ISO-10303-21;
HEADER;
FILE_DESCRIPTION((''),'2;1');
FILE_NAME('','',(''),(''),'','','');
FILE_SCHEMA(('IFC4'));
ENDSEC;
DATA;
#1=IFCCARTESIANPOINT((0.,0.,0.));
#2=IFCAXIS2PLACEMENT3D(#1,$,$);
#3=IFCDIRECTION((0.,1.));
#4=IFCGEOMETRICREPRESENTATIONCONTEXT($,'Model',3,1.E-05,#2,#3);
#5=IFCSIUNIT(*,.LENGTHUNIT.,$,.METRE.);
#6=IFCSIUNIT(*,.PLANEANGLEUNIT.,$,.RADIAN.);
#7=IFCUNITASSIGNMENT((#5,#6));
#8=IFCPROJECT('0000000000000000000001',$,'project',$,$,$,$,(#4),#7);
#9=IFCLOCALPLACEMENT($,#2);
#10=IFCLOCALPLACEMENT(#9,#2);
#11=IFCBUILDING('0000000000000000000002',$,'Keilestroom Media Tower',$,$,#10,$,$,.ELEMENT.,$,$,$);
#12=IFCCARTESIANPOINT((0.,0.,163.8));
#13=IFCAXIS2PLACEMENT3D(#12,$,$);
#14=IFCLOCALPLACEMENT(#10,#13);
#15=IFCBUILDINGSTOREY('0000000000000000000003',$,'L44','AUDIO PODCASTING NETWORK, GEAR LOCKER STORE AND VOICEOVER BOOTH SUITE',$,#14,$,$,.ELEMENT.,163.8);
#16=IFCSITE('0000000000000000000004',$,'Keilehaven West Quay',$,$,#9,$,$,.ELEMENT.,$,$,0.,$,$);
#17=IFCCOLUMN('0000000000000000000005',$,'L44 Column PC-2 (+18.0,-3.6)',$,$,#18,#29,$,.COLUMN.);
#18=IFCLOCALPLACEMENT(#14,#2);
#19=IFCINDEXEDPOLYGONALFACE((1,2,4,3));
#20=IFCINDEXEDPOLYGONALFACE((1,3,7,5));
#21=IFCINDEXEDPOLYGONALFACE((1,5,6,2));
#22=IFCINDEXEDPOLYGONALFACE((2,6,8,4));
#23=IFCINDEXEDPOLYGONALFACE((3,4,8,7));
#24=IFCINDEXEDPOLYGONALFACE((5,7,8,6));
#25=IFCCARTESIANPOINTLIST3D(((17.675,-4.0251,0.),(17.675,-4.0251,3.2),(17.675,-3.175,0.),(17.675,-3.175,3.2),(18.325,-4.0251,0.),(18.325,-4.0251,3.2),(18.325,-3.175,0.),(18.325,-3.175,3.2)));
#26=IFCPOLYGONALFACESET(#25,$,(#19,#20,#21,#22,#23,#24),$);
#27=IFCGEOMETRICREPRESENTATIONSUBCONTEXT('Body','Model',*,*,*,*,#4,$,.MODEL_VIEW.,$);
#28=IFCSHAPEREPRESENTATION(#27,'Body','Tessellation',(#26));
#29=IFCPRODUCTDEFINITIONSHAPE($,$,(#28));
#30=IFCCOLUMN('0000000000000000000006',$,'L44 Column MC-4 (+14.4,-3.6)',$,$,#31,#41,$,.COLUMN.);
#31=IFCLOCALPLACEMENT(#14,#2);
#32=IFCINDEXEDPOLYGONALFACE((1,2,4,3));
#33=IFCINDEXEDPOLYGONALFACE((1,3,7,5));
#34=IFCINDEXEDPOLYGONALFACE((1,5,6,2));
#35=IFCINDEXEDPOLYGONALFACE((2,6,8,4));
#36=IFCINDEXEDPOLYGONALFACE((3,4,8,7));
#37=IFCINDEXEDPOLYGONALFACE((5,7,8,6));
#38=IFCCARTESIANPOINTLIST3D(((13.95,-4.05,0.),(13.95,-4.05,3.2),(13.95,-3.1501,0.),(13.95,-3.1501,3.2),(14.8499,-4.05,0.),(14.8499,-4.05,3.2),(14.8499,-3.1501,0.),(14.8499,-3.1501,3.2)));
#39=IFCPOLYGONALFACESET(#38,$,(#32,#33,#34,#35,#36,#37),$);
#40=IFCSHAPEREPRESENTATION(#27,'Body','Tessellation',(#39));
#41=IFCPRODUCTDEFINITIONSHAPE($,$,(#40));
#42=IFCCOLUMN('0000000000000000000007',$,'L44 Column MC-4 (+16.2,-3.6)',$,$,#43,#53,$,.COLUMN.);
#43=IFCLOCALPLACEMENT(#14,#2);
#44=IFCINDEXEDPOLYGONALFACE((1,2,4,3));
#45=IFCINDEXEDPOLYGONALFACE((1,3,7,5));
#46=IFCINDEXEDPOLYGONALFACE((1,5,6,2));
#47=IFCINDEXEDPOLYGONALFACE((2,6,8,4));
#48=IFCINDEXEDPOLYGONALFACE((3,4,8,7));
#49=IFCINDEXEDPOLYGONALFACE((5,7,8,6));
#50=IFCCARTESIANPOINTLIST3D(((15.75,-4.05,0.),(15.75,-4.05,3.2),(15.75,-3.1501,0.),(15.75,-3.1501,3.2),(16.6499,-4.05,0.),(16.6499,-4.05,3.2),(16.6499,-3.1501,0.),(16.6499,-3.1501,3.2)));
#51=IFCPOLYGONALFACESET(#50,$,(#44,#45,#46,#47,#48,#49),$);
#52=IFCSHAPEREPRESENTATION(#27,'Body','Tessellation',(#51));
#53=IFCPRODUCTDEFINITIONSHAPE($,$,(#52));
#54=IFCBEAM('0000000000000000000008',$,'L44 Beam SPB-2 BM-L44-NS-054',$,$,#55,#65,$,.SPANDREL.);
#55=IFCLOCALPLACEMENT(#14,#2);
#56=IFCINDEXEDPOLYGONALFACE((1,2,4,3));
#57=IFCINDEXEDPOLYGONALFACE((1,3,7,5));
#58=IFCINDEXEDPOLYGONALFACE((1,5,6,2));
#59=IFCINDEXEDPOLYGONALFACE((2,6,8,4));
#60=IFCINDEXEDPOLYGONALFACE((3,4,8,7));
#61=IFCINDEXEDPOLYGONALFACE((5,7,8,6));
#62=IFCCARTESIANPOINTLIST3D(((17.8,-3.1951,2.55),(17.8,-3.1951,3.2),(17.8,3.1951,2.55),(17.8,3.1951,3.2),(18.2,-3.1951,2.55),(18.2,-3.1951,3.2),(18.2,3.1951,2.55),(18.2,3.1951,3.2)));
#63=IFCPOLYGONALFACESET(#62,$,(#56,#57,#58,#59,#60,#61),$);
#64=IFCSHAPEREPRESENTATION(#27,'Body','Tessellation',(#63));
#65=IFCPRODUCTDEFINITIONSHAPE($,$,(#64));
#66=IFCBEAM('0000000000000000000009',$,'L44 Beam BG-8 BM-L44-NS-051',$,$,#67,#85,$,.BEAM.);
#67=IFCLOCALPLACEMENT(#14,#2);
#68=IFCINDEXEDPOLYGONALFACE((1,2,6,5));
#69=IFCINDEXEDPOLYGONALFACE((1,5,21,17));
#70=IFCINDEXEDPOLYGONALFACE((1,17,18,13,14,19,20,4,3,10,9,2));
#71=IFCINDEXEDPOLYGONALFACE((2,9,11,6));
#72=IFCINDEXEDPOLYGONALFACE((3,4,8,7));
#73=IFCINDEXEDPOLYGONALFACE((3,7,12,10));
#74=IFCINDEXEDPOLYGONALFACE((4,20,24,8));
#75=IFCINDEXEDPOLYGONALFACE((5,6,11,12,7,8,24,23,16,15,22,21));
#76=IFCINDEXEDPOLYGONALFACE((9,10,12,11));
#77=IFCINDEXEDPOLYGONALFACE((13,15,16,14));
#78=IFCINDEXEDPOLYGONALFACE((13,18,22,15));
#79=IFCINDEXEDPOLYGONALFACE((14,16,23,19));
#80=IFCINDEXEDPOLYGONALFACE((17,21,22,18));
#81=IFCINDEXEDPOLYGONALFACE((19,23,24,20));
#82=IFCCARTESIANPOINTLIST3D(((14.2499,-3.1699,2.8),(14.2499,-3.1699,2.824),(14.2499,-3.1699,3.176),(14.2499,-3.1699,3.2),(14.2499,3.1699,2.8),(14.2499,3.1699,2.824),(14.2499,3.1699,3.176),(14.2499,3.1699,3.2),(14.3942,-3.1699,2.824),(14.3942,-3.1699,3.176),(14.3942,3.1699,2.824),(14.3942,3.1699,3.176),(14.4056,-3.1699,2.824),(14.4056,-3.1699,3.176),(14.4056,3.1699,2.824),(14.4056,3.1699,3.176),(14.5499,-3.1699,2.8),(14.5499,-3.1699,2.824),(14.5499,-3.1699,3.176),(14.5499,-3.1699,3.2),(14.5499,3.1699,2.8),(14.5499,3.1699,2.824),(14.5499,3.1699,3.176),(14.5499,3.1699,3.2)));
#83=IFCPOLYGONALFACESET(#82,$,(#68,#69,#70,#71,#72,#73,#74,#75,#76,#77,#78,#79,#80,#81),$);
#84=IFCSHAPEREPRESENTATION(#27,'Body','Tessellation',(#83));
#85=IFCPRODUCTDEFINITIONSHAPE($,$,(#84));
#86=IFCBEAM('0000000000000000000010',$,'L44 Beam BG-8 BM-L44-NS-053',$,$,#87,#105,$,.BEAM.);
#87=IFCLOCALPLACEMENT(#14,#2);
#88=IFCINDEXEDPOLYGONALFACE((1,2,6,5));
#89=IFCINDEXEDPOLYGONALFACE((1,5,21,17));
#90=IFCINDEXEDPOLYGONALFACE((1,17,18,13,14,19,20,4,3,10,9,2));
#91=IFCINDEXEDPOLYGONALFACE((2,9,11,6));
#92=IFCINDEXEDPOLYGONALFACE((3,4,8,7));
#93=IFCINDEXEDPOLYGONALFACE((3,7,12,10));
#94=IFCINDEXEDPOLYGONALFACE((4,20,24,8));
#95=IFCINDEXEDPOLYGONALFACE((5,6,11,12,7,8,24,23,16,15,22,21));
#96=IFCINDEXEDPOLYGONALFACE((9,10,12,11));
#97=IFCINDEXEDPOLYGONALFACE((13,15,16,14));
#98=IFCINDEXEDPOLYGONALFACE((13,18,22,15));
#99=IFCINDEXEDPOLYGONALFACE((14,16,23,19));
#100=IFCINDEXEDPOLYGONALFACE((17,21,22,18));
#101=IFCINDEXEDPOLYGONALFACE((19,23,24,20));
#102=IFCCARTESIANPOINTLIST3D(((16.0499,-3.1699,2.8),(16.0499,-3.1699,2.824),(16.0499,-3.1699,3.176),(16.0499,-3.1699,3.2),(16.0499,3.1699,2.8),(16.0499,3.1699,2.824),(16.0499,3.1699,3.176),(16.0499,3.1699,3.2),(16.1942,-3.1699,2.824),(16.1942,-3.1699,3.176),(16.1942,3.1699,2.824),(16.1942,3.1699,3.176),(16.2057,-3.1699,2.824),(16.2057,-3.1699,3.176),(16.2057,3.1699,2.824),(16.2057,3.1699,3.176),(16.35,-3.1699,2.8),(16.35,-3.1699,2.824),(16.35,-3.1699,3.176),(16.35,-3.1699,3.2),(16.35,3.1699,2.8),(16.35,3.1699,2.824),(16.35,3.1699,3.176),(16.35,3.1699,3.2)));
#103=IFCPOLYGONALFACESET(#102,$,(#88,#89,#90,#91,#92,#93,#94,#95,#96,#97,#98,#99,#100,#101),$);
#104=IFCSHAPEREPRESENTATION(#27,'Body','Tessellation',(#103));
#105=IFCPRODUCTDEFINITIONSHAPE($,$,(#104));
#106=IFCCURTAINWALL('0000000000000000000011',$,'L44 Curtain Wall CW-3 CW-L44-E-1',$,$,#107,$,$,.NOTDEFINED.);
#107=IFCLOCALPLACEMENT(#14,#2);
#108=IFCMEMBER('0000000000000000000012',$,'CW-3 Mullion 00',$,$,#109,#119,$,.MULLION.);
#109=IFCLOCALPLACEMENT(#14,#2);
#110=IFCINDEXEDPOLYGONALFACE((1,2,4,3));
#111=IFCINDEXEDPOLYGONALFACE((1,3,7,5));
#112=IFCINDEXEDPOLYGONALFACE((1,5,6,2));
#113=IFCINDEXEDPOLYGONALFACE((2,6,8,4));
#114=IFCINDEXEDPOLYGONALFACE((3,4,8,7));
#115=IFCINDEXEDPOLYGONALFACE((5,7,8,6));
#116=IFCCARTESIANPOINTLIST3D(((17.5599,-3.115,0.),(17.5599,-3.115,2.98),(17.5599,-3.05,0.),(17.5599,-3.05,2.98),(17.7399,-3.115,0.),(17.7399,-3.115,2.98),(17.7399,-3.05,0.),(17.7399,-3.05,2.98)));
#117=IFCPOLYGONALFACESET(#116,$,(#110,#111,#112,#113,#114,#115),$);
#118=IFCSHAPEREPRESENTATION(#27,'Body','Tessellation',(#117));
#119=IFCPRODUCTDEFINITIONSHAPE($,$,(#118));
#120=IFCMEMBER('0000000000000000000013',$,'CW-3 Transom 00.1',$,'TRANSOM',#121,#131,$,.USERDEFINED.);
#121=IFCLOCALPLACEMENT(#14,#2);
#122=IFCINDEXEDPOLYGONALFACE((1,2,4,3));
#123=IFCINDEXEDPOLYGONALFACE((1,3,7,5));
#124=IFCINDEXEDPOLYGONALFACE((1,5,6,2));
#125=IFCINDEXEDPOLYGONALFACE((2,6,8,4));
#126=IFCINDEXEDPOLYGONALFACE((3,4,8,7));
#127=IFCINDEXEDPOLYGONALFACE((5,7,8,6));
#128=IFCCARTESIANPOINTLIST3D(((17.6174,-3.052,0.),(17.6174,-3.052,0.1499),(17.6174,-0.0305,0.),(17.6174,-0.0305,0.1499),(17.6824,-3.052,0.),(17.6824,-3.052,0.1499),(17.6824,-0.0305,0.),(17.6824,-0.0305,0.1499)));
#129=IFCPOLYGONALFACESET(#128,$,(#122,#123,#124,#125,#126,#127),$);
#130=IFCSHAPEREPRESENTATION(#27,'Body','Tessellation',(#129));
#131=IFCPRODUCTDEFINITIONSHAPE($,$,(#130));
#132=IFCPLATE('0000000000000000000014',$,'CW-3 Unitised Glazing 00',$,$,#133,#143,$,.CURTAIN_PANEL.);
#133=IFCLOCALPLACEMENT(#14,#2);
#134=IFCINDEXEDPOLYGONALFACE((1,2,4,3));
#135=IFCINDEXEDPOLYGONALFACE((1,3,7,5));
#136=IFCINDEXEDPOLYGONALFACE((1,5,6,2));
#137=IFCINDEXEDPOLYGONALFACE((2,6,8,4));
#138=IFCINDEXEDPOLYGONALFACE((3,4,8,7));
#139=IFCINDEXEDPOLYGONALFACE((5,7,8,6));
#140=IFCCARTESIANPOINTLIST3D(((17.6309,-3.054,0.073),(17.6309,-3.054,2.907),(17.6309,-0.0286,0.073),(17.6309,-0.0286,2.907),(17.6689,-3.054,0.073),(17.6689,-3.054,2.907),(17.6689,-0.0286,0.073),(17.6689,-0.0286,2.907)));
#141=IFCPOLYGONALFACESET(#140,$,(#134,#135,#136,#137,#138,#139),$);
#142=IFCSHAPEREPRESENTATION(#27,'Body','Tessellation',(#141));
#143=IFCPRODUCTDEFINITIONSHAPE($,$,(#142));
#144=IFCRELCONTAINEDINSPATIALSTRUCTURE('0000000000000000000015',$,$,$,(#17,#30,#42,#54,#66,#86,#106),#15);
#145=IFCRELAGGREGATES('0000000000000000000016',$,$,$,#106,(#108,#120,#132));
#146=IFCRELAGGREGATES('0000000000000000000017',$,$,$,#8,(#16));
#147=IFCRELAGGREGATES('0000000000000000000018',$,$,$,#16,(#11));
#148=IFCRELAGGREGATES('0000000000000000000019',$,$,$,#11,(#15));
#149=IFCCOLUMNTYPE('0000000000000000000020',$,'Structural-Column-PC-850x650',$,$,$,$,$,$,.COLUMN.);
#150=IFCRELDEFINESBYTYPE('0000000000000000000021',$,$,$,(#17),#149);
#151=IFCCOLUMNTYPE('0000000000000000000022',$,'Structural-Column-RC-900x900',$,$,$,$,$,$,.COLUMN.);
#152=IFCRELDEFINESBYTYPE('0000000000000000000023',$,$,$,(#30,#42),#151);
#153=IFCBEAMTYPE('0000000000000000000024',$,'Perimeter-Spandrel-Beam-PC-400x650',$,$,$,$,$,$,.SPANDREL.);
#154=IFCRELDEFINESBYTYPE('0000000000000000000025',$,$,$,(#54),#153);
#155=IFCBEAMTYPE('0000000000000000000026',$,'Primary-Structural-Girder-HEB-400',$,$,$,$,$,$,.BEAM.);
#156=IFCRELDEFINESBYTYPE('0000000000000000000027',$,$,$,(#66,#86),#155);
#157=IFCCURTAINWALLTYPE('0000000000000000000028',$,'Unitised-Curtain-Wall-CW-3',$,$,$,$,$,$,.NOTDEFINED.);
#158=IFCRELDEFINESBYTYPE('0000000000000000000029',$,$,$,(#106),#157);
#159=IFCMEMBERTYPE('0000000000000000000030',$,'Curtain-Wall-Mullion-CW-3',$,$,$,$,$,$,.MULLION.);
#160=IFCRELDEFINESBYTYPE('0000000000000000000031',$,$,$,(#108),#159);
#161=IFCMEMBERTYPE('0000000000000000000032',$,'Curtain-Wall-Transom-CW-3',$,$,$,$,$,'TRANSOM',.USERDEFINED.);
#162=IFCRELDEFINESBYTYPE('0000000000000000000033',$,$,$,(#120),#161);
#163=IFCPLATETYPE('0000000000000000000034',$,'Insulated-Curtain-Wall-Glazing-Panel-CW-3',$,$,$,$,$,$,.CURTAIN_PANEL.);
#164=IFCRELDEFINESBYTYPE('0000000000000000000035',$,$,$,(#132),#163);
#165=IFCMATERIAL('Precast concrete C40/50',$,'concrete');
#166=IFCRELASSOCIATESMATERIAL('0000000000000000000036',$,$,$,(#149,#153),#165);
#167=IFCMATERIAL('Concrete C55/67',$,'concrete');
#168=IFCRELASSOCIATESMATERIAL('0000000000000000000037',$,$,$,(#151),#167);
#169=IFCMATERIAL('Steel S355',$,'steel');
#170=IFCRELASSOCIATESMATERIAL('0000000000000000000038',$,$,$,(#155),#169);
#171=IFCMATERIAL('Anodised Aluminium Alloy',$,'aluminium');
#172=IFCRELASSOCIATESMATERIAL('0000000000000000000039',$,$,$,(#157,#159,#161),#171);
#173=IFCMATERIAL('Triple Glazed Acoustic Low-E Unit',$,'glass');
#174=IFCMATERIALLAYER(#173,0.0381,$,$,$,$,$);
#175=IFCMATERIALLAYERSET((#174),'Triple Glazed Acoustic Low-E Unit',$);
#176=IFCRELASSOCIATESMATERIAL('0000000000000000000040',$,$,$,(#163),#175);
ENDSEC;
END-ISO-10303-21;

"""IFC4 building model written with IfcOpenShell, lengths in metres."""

from ifc_helpers import new_model, si_unit, direction, frame, origin, origin_2d, place, context, subcontext, project, spatial, rectangle, i_section, extrude, source, transform, mapped, material, layer, layer_set, material_profile, profile_set, type_object, element, aggregate, save


model = new_model("IFC4")

# Units and contexts
model_context = context("Model", 3, precision=1e-05, world=origin(), true_north=direction((0.0, 1.0)))
body_context = subcontext(model_context, "Body", "Model", "MODEL_VIEW")
ifc_project = project(units=[si_unit("LENGTHUNIT", "METRE"), si_unit("PLANEANGLEUNIT", "RADIAN")], contexts=[model_context])

# Site, building, storey
site_placement = place(None, origin())
site = spatial("IfcSite", under=ifc_project, at=site_placement, Name="Keilehaven West Quay", CompositionType="ELEMENT", RefElevation=0.0)
building_placement = place(site_placement, origin())
building = spatial("IfcBuilding", under=site, at=building_placement, Name="Keilestroom Media Tower", CompositionType="ELEMENT")
storey_placement = place(building_placement, frame((0.0, 0.0, 163.8)))
storey = spatial("IfcBuildingStorey", under=building, at=storey_placement, Name="L44", Description="AUDIO PODCASTING NETWORK, GEAR LOCKER STORE AND VOICEOVER BOOTH SUITE", CompositionType="ELEMENT", Elevation=163.8)

# Columns
ifc_material_1 = material(Name="Precast concrete C40/50", Category="concrete")
ifc_material_profile_1 = material_profile(ifc_material_1, rectangle(XDim=0.6499, YDim=0.8501, at=origin_2d()), Name="PC 850x650")
ifc_profile_set_1 = profile_set([ifc_material_profile_1], Name="Precast concrete C40/50")
column_type_1 = type_object("IfcColumnType", Name="Structural-Column-PC-850x650", PredefinedType="COLUMN", material=ifc_profile_set_1)
shared_shape_1 = source(origin(), body_context, "Body", "SweptSolid", [
    extrude(rectangle(XDim=0.6499, YDim=0.8501, at=origin_2d()), origin(), (0.0, 0.0, 1.0), 3.2),
])
column_placement = place(storey_placement, frame((18.0, -3.6001, 0.0), z_axis=(0.0, 0.0, 1.0), x_axis=(1.0, 0.0, 0.0)))
element("IfcColumn", 1, at=column_placement, inside=storey, type_object=column_type_1, Name="L44 Column PC-2 (+18.0,-3.6)", PredefinedType="COLUMN", context=body_context, shape_type="MappedRepresentation", body=[
    mapped(shared_shape_1, transform((0.0, 0.0, 0.0), x_axis=(1.0, 0.0, 0.0), y_axis=(0.0, 1.0, 0.0), z_axis=(0.0, 0.0, 1.0), scale=1.0)),
])
ifc_material_2 = material(Name="Concrete C55/67", Category="concrete")
ifc_material_profile_2 = material_profile(ifc_material_2, rectangle(XDim=0.8999, YDim=0.8999, at=origin_2d()), Name="RC 900x900")
ifc_profile_set_2 = profile_set([ifc_material_profile_2], Name="Concrete C55/67")
column_type_2 = type_object("IfcColumnType", Name="Structural-Column-RC-900x900", PredefinedType="COLUMN", material=ifc_profile_set_2)
shared_shape_2 = source(origin(), body_context, "Body", "SweptSolid", [
    extrude(rectangle(XDim=0.8999, YDim=0.8999, at=origin_2d()), origin(), (0.0, 0.0, 1.0), 3.2),
])
for number, where, z_axis, x_axis, name in (
    (2, (14.3999, -3.6001, 0.0), (0.0, 0.0, 1.0), (1.0, 0.0, 0.0), "L44 Column MC-4 (+14.4,-3.6)"),
    (3, (16.2, -3.6001, 0.0), (0.0, 0.0, 1.0), (1.0, 0.0, 0.0), "L44 Column MC-4 (+16.2,-3.6)"),
):
    element("IfcColumn", number, at=place(storey_placement, frame(where, z_axis=z_axis, x_axis=x_axis)), inside=storey, type_object=column_type_2, Name=name, PredefinedType="COLUMN", context=body_context, shape_type="MappedRepresentation", body=[
        mapped(shared_shape_2, transform((0.0, 0.0, 0.0), x_axis=(1.0, 0.0, 0.0), y_axis=(0.0, 1.0, 0.0), z_axis=(0.0, 0.0, 1.0), scale=1.0)),
    ])

# Beams
ifc_material_profile_3 = material_profile(ifc_material_1, rectangle(XDim=0.3999, YDim=0.6499, at=origin_2d()), Name="PC 400x650")
ifc_profile_set_3 = profile_set([ifc_material_profile_3], Name="Precast concrete C40/50")
beam_type_1 = type_object("IfcBeamType", Name="Perimeter-Spandrel-Beam-PC-400x650", PredefinedType="SPANDREL", material=ifc_profile_set_3)
shared_shape_3 = source(origin(), body_context, "Body", "SweptSolid", [
    extrude(rectangle(XDim=0.3999, YDim=0.6499, at=origin_2d()), origin(), (0.0, 0.0, 1.0), 6.3901),
])
beam_placement = place(storey_placement, frame((18.0, -3.1951, 2.875), z_axis=(0.0, 1.0, 0.0), x_axis=(-1.0, 0.0, 0.0)))
element("IfcBeam", 4, at=beam_placement, inside=storey, type_object=beam_type_1, Name="L44 Beam SPB-2 BM-L44-NS-054", PredefinedType="SPANDREL", context=body_context, shape_type="MappedRepresentation", body=[
    mapped(shared_shape_3, transform((0.0, 0.0, 0.0), x_axis=(1.0, 0.0, 0.0), y_axis=(0.0, 1.0, 0.0), z_axis=(0.0, 0.0, 1.0), scale=1.0)),
])
ifc_material_3 = material(Name="Steel S355", Category="steel")
ifc_material_profile_4 = material_profile(ifc_material_3, i_section(OverallWidth=0.3, OverallDepth=0.3999, WebThickness=0.0115, FlangeThickness=0.0239, at=origin_2d()), Name="HEB 400")
ifc_profile_set_4 = profile_set([ifc_material_profile_4], Name="Steel S355")
beam_type_2 = type_object("IfcBeamType", Name="Primary-Structural-Girder-HEB-400", PredefinedType="BEAM", material=ifc_profile_set_4)
shared_shape_4 = source(origin(), body_context, "Body", "SweptSolid", [
    extrude(i_section(OverallWidth=0.3, OverallDepth=0.3999, WebThickness=0.0115, FlangeThickness=0.0239, at=origin_2d()), origin(), (0.0, 0.0, 1.0), 6.3398),
])
for number, where, z_axis, x_axis, name in (
    (5, (14.3999, -3.1699, 3.0), (0.0, 1.0, 0.0), (-1.0, 0.0, 0.0), "L44 Beam BG-8 BM-L44-NS-051"),
    (6, (16.2, -3.1699, 3.0), (0.0, 1.0, 0.0), (-1.0, 0.0, 0.0), "L44 Beam BG-8 BM-L44-NS-053"),
):
    element("IfcBeam", number, at=place(storey_placement, frame(where, z_axis=z_axis, x_axis=x_axis)), inside=storey, type_object=beam_type_2, Name=name, PredefinedType="BEAM", context=body_context, shape_type="MappedRepresentation", body=[
        mapped(shared_shape_4, transform((0.0, 0.0, 0.0), x_axis=(1.0, 0.0, 0.0), y_axis=(0.0, 1.0, 0.0), z_axis=(0.0, 0.0, 1.0), scale=1.0)),
    ])

# Curtain wall, members, plate
ifc_material_4 = material(Name="Anodised Aluminium Alloy", Category="aluminium")
curtain_wall_type = type_object("IfcCurtainWallType", Name="Unitised-Curtain-Wall-CW-3", PredefinedType="NOTDEFINED", material=ifc_material_4)
curtain_wall_placement = place(storey_placement, origin())
curtain_wall = element("IfcCurtainWall", 7, at=curtain_wall_placement, inside=storey, type_object=curtain_wall_type, Name="L44 Curtain Wall CW-3 CW-L44-E-1", PredefinedType="NOTDEFINED")
ifc_material_profile_5 = material_profile(ifc_material_4, rectangle(XDim=0.0649, YDim=0.1799, at=origin_2d()), Name="ALU MULLION 65x180")
ifc_profile_set_5 = profile_set([ifc_material_profile_5], Name="Anodised Aluminium Alloy")
member_type_1 = type_object("IfcMemberType", Name="Curtain-Wall-Mullion-CW-3", PredefinedType="MULLION", material=ifc_profile_set_5)
shared_shape_5 = source(origin(), body_context, "Body", "SweptSolid", [
    extrude(rectangle(XDim=0.0649, YDim=0.1799, at=origin_2d()), origin(), (0.0, 0.0, 1.0), 2.98),
])
member_1_placement = place(storey_placement, frame((17.6499, -3.0825, 0.0), z_axis=(0.0, 0.0, 1.0), x_axis=(0.0, 1.0, 0.0)))
member_1 = element("IfcMember", 8, at=member_1_placement, type_object=member_type_1, Name="CW-3 Mullion 00", PredefinedType="MULLION", context=body_context, shape_type="MappedRepresentation", body=[
    mapped(shared_shape_5, transform((0.0, 0.0, 0.0), x_axis=(1.0, 0.0, 0.0), y_axis=(0.0, 1.0, 0.0), z_axis=(0.0, 0.0, 1.0), scale=1.0)),
])
ifc_material_profile_6 = material_profile(ifc_material_4, rectangle(XDim=0.0649, YDim=0.1499, at=origin_2d()), Name="ALU TRANSOM 65x150")
ifc_profile_set_6 = profile_set([ifc_material_profile_6], Name="Anodised Aluminium Alloy")
member_type_2 = type_object("IfcMemberType", Name="Curtain-Wall-Transom-CW-3", ElementType="TRANSOM", PredefinedType="USERDEFINED", material=ifc_profile_set_6)
shared_shape_6 = source(origin(), body_context, "Body", "SweptSolid", [
    extrude(rectangle(XDim=0.0649, YDim=0.1499, at=origin_2d()), origin(), (0.0, 0.0, 1.0), 3.0215),
])
member_2_placement = place(storey_placement, frame((17.6499, -3.052, 0.075), z_axis=(0.0, 1.0, 0.0), x_axis=(-1.0, 0.0, 0.0)))
member_2 = element("IfcMember", 9, at=member_2_placement, type_object=member_type_2, Name="CW-3 Transom 00.1", ObjectType="TRANSOM", PredefinedType="USERDEFINED", context=body_context, shape_type="MappedRepresentation", body=[
    mapped(shared_shape_6, transform((0.0, 0.0, 0.0), x_axis=(1.0, 0.0, 0.0), y_axis=(0.0, 1.0, 0.0), z_axis=(0.0, 0.0, 1.0), scale=1.0)),
])
ifc_material_5 = material(Name="Triple Glazed Acoustic Low-E Unit", Category="glass")
ifc_layer_1 = layer(ifc_material_5, 0.0381)
ifc_layer_set_1 = layer_set([ifc_layer_1], Name="Triple Glazed Acoustic Low-E Unit")
plate_type = type_object("IfcPlateType", Name="Insulated-Curtain-Wall-Glazing-Panel-CW-3", PredefinedType="CURTAIN_PANEL", material=ifc_layer_set_1)
shared_shape_7 = source(origin(), body_context, "Body", "SweptSolid", [
    extrude(rectangle(XDim=3.0254, YDim=0.0381, at=origin_2d()), origin(), (0.0, 0.0, 1.0), 2.834),
])
plate_placement = place(storey_placement, frame((17.6499, -1.5413, 0.073), z_axis=(0.0, 0.0, 1.0), x_axis=(0.0, 1.0, 0.0)))
plate = element("IfcPlate", 10, at=plate_placement, type_object=plate_type, Name="CW-3 Unitised Glazing 00", PredefinedType="CURTAIN_PANEL", context=body_context, shape_type="MappedRepresentation", body=[
    mapped(shared_shape_7, transform((0.0, 0.0, 0.0), x_axis=(1.0, 0.0, 0.0), y_axis=(0.0, 1.0, 0.0), z_axis=(0.0, 0.0, 1.0), scale=1.0)),
])
aggregate(curtain_wall, [member_1, member_2, plate])

save(model, "model.ifc")
